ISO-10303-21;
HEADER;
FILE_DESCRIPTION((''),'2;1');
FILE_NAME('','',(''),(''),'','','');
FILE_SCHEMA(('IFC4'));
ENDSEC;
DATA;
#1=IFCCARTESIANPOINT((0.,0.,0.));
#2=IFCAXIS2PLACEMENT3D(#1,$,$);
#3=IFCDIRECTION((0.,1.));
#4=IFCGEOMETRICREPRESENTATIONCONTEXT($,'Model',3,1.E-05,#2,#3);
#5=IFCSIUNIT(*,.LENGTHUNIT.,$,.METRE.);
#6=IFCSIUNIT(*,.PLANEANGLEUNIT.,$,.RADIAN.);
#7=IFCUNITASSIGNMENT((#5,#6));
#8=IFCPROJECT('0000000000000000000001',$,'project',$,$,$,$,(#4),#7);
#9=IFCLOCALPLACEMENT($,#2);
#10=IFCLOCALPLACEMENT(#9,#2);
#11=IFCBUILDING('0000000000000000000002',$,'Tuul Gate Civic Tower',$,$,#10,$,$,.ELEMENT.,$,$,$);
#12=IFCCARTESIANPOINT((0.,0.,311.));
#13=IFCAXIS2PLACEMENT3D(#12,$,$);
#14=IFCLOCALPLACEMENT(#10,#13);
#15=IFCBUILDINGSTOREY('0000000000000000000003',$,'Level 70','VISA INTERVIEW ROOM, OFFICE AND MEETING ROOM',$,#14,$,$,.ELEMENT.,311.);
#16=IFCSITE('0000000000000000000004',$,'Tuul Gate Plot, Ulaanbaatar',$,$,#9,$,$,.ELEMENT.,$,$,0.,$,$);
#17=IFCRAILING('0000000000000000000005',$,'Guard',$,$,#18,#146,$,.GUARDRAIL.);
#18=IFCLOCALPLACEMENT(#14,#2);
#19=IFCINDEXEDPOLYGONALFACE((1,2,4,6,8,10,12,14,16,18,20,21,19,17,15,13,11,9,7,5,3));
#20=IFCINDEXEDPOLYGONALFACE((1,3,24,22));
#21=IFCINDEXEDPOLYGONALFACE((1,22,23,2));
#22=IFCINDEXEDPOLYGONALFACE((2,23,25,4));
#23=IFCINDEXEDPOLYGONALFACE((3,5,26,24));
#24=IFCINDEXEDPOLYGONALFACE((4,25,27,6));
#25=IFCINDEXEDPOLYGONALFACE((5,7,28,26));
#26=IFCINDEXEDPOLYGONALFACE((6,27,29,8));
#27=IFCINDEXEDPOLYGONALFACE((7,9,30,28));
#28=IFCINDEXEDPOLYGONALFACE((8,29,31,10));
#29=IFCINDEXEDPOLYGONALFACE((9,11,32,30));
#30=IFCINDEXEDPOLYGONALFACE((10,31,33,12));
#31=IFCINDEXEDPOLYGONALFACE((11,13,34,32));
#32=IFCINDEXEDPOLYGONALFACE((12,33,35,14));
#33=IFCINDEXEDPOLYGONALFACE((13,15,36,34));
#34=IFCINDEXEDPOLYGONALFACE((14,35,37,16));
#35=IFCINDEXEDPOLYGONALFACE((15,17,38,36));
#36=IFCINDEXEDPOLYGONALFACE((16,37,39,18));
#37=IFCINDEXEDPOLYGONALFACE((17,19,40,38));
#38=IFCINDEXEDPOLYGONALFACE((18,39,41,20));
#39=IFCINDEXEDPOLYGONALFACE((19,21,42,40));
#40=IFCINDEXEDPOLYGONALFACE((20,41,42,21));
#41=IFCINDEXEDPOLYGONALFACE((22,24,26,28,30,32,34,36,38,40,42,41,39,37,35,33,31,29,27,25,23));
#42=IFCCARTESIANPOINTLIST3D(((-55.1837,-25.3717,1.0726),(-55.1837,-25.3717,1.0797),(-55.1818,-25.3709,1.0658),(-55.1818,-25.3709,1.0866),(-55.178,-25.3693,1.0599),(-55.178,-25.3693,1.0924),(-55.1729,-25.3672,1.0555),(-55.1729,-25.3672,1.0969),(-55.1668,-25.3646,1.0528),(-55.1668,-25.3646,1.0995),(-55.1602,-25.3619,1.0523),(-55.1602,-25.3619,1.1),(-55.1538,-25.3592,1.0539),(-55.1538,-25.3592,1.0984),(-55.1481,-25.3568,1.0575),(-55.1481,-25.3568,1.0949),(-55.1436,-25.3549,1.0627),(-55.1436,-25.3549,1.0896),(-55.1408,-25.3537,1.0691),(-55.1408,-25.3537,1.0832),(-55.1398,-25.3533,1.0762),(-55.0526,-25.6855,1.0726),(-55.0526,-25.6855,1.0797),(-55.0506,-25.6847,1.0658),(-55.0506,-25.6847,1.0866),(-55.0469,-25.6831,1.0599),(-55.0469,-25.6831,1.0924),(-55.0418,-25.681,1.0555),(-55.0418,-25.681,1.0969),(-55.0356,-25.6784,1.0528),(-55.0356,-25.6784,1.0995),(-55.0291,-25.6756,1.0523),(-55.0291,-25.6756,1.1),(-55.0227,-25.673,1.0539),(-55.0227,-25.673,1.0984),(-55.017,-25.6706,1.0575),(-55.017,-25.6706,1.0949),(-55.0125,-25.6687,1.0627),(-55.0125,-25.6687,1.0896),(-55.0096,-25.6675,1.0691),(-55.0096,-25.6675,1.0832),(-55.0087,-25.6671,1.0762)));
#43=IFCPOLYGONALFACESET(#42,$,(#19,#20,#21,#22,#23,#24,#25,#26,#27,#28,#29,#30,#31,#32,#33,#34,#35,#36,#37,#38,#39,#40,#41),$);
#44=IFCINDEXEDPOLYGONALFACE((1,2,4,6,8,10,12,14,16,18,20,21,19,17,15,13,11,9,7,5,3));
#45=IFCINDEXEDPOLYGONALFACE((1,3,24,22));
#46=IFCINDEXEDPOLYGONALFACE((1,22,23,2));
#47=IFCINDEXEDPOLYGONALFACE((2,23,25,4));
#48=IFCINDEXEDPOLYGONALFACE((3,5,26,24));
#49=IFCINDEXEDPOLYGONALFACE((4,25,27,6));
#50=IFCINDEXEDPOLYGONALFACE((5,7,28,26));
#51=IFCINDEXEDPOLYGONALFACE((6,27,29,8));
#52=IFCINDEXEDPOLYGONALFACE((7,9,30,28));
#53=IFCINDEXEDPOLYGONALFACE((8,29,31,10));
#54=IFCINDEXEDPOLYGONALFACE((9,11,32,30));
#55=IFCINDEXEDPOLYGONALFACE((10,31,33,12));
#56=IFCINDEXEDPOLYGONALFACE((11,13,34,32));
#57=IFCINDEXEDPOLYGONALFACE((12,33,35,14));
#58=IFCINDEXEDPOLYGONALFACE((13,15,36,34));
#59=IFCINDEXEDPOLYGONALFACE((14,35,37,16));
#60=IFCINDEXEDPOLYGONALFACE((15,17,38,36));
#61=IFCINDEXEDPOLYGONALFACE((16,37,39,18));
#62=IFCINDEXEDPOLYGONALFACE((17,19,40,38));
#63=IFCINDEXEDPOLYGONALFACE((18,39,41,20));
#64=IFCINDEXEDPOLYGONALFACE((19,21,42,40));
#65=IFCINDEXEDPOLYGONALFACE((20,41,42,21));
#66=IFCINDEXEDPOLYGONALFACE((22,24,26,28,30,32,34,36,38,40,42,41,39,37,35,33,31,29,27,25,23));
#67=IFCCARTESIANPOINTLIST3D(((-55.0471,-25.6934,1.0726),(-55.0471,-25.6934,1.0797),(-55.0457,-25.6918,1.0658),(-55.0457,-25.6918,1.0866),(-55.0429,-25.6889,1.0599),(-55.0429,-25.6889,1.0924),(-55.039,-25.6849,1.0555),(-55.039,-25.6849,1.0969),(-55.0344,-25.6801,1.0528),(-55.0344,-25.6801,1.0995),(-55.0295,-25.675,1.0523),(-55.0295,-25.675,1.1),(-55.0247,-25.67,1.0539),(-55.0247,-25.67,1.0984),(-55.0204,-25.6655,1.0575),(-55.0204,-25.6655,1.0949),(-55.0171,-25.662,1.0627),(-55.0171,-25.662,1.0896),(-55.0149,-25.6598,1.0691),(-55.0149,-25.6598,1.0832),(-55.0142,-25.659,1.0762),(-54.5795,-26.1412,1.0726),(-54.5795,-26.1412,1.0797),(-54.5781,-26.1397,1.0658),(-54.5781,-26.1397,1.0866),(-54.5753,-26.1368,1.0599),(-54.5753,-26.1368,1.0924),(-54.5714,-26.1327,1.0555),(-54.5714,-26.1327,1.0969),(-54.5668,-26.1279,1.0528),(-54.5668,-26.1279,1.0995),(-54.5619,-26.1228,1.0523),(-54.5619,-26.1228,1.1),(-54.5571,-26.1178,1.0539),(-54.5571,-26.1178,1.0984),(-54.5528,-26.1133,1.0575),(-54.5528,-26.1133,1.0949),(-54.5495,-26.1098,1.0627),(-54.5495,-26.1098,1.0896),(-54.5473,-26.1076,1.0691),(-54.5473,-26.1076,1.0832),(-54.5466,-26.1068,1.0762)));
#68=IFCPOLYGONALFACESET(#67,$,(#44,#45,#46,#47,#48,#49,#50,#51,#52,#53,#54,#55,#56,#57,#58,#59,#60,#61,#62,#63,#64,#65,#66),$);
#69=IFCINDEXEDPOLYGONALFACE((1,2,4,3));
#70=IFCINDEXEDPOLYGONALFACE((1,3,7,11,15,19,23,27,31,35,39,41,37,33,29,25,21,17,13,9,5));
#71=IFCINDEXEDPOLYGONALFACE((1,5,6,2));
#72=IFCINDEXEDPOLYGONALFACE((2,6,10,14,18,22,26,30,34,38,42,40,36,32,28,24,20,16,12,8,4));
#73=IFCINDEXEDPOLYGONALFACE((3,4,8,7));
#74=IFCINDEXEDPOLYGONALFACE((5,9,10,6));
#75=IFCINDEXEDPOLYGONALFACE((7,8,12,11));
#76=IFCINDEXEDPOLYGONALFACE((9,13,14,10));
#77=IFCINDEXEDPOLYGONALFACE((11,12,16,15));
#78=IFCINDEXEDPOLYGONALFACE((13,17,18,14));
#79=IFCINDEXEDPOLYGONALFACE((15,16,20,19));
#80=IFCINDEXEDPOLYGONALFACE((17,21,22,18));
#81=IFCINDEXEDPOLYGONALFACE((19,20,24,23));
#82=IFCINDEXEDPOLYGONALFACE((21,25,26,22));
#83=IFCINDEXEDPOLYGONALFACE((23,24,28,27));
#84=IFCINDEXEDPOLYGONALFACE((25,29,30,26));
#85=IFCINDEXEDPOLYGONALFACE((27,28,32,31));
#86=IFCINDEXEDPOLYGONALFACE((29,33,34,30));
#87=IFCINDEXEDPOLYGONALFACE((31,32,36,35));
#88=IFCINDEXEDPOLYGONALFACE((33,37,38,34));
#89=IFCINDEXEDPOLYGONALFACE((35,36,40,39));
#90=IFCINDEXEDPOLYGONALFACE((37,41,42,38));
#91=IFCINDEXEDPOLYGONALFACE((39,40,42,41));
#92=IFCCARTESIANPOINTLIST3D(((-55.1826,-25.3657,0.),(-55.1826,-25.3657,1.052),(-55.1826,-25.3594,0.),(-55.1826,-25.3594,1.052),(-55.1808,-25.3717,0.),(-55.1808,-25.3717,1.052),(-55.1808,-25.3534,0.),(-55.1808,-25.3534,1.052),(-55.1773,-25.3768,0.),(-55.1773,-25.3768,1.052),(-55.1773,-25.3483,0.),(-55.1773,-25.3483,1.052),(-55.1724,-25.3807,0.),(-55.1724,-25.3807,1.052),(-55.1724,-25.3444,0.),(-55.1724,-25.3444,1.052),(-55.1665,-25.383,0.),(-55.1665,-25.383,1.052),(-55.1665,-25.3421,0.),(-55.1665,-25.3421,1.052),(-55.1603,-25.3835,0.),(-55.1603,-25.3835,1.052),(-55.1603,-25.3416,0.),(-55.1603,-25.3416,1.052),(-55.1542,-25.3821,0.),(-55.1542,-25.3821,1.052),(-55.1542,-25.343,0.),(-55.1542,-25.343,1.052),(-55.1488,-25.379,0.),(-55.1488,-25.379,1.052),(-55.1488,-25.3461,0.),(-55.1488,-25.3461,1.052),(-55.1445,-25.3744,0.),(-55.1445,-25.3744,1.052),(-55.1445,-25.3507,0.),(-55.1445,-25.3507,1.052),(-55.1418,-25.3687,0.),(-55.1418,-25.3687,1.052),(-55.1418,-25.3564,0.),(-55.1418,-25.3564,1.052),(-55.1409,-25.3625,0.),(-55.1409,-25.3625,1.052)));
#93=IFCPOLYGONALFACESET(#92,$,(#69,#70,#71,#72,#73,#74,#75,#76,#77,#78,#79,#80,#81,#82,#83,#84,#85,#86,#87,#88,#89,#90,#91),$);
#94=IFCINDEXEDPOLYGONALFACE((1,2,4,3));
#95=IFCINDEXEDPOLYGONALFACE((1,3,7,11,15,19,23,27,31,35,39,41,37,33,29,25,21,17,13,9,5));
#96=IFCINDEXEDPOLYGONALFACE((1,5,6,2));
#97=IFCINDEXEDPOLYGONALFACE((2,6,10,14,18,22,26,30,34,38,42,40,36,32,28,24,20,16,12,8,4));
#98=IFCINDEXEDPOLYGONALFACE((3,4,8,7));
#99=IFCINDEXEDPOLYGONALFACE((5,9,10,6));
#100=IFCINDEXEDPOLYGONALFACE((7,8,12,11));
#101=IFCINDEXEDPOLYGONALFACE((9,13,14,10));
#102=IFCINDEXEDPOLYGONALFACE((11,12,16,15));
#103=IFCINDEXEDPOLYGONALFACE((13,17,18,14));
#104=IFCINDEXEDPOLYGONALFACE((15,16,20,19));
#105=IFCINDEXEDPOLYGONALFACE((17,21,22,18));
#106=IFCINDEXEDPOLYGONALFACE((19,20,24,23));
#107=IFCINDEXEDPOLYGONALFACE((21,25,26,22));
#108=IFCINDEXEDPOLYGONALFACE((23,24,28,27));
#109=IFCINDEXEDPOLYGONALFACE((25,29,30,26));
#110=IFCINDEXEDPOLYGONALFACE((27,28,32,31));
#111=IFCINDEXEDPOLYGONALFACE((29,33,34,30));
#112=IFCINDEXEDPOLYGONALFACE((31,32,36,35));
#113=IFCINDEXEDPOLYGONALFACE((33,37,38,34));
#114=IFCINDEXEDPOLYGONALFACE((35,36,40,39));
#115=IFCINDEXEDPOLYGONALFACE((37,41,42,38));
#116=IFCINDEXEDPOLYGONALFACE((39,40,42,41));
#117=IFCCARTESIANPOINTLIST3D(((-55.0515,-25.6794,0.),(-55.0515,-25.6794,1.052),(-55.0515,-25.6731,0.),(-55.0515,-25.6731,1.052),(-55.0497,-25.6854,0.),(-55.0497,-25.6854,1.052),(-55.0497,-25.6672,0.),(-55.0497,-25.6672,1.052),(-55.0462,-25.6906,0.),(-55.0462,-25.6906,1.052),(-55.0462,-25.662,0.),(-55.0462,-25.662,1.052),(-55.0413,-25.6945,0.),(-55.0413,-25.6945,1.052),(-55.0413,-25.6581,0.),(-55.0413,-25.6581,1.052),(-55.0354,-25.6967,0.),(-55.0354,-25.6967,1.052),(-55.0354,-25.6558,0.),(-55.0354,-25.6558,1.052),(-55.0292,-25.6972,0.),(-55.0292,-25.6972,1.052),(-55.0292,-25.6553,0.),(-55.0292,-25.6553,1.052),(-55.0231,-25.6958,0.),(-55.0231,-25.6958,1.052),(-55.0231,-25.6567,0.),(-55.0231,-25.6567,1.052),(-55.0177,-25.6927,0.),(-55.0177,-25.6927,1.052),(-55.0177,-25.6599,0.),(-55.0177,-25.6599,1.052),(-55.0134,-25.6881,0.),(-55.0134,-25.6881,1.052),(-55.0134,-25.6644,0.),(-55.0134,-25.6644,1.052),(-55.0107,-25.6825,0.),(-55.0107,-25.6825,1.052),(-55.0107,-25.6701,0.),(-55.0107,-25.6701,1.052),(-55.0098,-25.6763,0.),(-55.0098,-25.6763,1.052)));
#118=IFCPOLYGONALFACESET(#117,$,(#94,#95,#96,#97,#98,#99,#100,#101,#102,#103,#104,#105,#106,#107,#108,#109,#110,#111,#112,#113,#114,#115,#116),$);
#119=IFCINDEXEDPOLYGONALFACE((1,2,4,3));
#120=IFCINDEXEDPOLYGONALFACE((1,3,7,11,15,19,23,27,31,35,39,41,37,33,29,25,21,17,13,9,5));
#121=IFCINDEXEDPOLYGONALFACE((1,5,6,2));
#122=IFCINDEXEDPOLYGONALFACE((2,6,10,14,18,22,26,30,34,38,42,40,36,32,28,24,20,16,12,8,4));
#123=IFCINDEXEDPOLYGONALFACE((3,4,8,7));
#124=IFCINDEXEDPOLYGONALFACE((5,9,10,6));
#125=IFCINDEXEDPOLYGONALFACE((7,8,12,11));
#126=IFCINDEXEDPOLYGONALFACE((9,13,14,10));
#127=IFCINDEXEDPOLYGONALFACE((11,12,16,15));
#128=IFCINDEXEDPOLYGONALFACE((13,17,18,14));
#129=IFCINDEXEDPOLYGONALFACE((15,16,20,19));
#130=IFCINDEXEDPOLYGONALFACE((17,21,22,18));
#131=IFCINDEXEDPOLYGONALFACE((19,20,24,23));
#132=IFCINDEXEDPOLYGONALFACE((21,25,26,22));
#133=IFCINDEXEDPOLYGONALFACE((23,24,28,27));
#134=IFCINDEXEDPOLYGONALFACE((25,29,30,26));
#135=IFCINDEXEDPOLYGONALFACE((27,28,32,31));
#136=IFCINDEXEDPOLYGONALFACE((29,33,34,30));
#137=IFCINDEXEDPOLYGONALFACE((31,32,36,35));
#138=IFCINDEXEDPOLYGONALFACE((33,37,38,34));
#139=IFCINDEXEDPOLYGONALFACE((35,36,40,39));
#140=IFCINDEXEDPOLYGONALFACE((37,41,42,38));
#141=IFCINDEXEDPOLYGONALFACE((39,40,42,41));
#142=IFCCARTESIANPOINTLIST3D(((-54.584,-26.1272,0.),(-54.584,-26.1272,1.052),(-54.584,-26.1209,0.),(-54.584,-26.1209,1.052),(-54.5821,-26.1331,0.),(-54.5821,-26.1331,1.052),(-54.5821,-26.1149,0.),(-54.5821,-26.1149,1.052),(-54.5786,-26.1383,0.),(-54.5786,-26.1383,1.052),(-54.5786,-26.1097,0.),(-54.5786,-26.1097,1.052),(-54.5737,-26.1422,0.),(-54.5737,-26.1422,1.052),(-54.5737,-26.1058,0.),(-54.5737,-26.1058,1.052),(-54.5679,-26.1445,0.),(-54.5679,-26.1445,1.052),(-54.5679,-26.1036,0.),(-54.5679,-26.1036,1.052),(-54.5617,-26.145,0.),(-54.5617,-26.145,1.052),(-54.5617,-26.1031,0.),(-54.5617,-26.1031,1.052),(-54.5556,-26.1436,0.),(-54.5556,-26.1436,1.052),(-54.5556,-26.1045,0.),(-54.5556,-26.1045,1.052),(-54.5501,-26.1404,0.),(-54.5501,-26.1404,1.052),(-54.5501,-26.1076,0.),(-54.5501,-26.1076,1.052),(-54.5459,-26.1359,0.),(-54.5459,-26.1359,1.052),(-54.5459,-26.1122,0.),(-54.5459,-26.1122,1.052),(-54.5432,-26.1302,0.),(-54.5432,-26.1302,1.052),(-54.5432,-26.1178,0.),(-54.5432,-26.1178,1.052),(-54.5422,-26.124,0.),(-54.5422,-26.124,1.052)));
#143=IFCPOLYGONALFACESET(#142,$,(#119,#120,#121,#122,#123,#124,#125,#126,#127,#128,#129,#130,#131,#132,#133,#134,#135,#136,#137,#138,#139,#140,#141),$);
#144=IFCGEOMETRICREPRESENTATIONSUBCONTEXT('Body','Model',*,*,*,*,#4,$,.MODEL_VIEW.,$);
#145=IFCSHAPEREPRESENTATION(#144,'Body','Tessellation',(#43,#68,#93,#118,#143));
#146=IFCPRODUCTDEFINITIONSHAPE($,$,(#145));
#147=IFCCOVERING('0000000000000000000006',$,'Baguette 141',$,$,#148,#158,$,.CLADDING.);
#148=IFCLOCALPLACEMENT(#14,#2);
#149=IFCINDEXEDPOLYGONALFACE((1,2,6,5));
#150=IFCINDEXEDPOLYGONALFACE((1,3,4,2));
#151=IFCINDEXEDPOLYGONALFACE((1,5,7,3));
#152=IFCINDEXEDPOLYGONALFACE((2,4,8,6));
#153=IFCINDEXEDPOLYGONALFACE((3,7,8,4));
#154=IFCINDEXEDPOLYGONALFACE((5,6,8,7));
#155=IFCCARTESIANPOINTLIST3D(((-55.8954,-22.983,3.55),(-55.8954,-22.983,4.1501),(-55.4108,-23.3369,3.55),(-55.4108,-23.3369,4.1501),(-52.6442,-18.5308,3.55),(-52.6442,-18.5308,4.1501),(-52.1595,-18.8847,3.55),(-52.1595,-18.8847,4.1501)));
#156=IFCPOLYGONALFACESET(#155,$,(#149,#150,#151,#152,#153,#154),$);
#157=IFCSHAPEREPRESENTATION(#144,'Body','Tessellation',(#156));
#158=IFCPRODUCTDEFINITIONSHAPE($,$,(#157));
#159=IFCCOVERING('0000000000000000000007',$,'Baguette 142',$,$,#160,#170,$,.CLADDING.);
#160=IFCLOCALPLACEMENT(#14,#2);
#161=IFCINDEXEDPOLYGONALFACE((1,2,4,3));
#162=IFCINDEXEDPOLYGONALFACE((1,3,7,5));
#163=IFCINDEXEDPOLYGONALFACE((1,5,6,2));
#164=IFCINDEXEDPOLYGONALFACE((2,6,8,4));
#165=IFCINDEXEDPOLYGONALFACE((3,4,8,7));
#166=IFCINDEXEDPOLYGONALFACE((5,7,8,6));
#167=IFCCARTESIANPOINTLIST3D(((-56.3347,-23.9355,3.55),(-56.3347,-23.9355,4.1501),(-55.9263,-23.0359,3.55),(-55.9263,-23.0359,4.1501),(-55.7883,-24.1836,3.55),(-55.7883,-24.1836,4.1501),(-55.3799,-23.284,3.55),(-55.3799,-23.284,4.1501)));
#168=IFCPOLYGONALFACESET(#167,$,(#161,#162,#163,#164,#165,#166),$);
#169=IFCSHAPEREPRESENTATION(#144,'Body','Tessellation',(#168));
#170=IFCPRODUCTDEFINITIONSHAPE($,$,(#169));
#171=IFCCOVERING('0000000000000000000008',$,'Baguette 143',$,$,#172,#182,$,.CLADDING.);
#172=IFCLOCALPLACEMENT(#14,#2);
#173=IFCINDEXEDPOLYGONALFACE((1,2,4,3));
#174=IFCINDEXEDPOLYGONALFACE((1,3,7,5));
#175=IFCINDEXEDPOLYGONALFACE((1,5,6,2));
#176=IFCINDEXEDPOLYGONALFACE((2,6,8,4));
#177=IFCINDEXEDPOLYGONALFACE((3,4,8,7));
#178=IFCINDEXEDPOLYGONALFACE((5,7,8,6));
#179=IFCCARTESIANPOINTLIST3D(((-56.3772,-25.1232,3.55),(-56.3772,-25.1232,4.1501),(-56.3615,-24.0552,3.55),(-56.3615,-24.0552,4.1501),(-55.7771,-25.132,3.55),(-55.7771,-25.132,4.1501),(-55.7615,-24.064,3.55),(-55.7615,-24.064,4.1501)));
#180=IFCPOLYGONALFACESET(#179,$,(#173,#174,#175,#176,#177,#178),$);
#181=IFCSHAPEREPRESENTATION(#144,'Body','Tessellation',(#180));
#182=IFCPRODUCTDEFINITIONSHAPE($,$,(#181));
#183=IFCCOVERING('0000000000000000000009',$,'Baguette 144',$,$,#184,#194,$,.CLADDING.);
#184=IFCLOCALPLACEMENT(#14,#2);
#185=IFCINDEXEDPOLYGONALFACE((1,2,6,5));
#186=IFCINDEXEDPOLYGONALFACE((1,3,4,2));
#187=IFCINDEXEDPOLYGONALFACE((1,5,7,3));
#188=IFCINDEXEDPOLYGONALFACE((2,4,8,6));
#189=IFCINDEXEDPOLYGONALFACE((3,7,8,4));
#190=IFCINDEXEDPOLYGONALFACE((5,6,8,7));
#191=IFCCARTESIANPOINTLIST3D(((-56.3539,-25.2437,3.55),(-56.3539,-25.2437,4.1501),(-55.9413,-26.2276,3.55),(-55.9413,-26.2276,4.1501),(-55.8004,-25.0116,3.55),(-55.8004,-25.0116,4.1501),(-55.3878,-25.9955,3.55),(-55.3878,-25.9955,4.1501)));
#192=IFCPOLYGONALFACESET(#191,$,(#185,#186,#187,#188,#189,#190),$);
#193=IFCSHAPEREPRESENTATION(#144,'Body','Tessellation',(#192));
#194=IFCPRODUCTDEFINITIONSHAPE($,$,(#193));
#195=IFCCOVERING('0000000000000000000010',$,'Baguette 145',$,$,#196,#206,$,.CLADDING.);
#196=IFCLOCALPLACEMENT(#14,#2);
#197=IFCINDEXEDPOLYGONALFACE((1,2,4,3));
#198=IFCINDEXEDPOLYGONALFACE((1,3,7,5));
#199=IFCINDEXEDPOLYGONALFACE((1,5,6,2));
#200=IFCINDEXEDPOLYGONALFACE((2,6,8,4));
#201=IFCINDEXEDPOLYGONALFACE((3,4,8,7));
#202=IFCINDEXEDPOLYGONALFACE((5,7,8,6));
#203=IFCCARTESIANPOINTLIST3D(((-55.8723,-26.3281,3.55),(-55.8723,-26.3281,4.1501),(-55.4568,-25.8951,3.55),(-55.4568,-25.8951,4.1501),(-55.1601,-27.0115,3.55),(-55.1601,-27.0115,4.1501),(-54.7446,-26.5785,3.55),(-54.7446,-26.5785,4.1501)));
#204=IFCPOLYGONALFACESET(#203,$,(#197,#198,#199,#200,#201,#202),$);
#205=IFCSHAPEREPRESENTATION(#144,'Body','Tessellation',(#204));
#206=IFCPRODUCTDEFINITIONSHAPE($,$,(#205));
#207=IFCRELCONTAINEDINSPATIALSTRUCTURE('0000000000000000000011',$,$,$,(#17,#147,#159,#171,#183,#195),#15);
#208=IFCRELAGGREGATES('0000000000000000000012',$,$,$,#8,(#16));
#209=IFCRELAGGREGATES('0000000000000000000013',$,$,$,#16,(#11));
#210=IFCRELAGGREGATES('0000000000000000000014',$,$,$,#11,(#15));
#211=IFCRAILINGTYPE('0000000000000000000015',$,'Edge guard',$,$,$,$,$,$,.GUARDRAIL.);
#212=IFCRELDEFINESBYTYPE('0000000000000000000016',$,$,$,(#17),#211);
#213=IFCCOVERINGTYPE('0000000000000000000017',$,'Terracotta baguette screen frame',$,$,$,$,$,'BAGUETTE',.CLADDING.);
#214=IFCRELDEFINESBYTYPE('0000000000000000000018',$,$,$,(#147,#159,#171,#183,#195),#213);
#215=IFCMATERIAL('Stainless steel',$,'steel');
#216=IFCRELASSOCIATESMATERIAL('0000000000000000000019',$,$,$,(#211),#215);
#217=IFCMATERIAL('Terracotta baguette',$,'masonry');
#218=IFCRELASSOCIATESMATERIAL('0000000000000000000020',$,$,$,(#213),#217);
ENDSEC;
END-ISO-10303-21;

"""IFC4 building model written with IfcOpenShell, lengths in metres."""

from ifc_helpers import new_model, si_unit, direction, frame, origin, origin_2d, place, context, subcontext, project, spatial, rectangle, circle, extrude, material, material_profile, profile_set, type_object, element, save


model = new_model("IFC4")

# Units and contexts
model_context = context("Model", 3, precision=1e-05, world=origin(), true_north=direction((0.0, 1.0)))
body_context = subcontext(model_context, "Body", "Model", "MODEL_VIEW")
ifc_project = project(units=[si_unit("LENGTHUNIT", "METRE"), si_unit("PLANEANGLEUNIT", "RADIAN")], contexts=[model_context])

# Site, building, storey
site_placement = place(None, origin())
site = spatial("IfcSite", under=ifc_project, at=site_placement, Name="Tuul Gate Plot, Ulaanbaatar", CompositionType="ELEMENT", RefElevation=0.0)
building_placement = place(site_placement, origin())
building = spatial("IfcBuilding", under=site, at=building_placement, Name="Tuul Gate Civic Tower", CompositionType="ELEMENT")
storey_placement = place(building_placement, frame((0.0, 0.0, 311.0)))
storey = spatial("IfcBuildingStorey", under=building, at=storey_placement, Name="Level 70", Description="VISA INTERVIEW ROOM, OFFICE AND MEETING ROOM", CompositionType="ELEMENT", Elevation=311.0)

# Railing
ifc_material_1 = material(Name="Stainless steel", Category="steel")
railing_type = type_object("IfcRailingType", Name="Edge guard", PredefinedType="GUARDRAIL", material=ifc_material_1)
railing_1_placement = place(storey_placement, frame((-55.1619, -25.3625, 0.0)))
element("IfcRailing", 1, at=railing_1_placement, inside=storey, type_object=railing_type, Name="Guard", PredefinedType="GUARDRAIL", context=body_context, shape_type="SweptSolid", body=[
    extrude(circle(Radius=0.0239, at=origin_2d()), frame((0.0, 0.0, 1.0762), z_axis=(0.385584, -0.922673, 0.0), x_axis=(0.922673, 0.385584, 0.0)), (0.0, 0.0, 1.0), 0.3401),
    extrude(circle(Radius=0.0239, at=origin_2d()), frame((0.1311, -0.3137, 1.0762), z_axis=(0.722216, -0.691668, 0.0), x_axis=(0.691668, 0.722216, 0.0)), (0.0, 0.0, 1.0), 0.6475),
    extrude(circle(Radius=0.021, at=origin_2d()), origin(), (0.0, 0.0, 1.0), 1.052),
    extrude(circle(Radius=0.021, at=origin_2d()), frame((0.1311, -0.3137, 0.0)), (0.0, 0.0, 1.0), 1.052),
    extrude(circle(Radius=0.021, at=origin_2d()), frame((0.5986, -0.7615, 0.0)), (0.0, 0.0, 1.0), 1.052),
])

# Coverings
ifc_material_2 = material(Name="Terracotta baguette", Category="masonry")
ifc_material_profile_1 = material_profile(ifc_material_2, rectangle(XDim=0.6001, YDim=0.6001, at=origin_2d()), Name="Terracotta baguette screen frame")
ifc_profile_set_1 = profile_set([ifc_material_profile_1], Name="Terracotta baguette")
covering_type = type_object("IfcCoveringType", Name="Terracotta baguette screen frame", ElementType="BAGUETTE", PredefinedType="CLADDING", material=ifc_profile_set_1)
covering_1_placement = place(storey_placement, frame((-52.4019, -18.7078, 3.8501), z_axis=(-0.589748, -0.807587, 0.0), x_axis=(0.807587, -0.589748, 0.0)))
element("IfcCovering", 2, at=covering_1_placement, inside=storey, type_object=covering_type, Name="Baguette 141", PredefinedType="CLADDING", context=body_context, shape_type="SweptSolid", body=[
    extrude(rectangle(XDim=0.6001, YDim=0.6001, at=origin_2d()), origin(), (0.0, 0.0, 1.0), 5.5129),
])
covering_2_placement = place(storey_placement, frame((-55.6531, -23.1599, 3.8501), z_axis=(-0.413393, -0.910553, 0.0), x_axis=(0.910553, -0.413393, 0.0)))
element("IfcCovering", 3, at=covering_2_placement, inside=storey, type_object=covering_type, Name="Baguette 142", PredefinedType="CLADDING", context=body_context, shape_type="SweptSolid", body=[
    extrude(rectangle(XDim=0.6001, YDim=0.6001, at=origin_2d()), origin(), (0.0, 0.0, 1.0), 0.988),
])
covering_3_placement = place(storey_placement, frame((-56.0615, -24.0596, 3.8501), z_axis=(-0.014627, -0.999893, 0.0), x_axis=(0.999893, -0.014627, 0.0)))
element("IfcCovering", 4, at=covering_3_placement, inside=storey, type_object=covering_type, Name="Baguette 143", PredefinedType="CLADDING", context=body_context, shape_type="SweptSolid", body=[
    extrude(rectangle(XDim=0.6001, YDim=0.6001, at=origin_2d()), origin(), (0.0, 0.0, 1.0), 1.0681),
])
covering_4_placement = place(storey_placement, frame((-56.0771, -25.1277, 3.8501), z_axis=(0.386727, -0.922194, 0.0), x_axis=(0.922194, 0.386727, 0.0)))
element("IfcCovering", 5, at=covering_4_placement, inside=storey, type_object=covering_type, Name="Baguette 144", PredefinedType="CLADDING", context=body_context, shape_type="SweptSolid", body=[
    extrude(rectangle(XDim=0.6001, YDim=0.6001, at=origin_2d()), origin(), (0.0, 0.0, 1.0), 1.0669),
])
covering_5_placement = place(storey_placement, frame((-55.6646, -26.1116, 3.8501), z_axis=(0.72155, -0.692362, 0.0), x_axis=(0.692362, 0.72155, 0.0)))
element("IfcCovering", 6, at=covering_5_placement, inside=storey, type_object=covering_type, Name="Baguette 145", PredefinedType="CLADDING", context=body_context, shape_type="SweptSolid", body=[
    extrude(rectangle(XDim=0.6001, YDim=0.6001, at=origin_2d()), origin(), (0.0, 0.0, 1.0), 0.9871),
])

save(model, "model.ifc")
